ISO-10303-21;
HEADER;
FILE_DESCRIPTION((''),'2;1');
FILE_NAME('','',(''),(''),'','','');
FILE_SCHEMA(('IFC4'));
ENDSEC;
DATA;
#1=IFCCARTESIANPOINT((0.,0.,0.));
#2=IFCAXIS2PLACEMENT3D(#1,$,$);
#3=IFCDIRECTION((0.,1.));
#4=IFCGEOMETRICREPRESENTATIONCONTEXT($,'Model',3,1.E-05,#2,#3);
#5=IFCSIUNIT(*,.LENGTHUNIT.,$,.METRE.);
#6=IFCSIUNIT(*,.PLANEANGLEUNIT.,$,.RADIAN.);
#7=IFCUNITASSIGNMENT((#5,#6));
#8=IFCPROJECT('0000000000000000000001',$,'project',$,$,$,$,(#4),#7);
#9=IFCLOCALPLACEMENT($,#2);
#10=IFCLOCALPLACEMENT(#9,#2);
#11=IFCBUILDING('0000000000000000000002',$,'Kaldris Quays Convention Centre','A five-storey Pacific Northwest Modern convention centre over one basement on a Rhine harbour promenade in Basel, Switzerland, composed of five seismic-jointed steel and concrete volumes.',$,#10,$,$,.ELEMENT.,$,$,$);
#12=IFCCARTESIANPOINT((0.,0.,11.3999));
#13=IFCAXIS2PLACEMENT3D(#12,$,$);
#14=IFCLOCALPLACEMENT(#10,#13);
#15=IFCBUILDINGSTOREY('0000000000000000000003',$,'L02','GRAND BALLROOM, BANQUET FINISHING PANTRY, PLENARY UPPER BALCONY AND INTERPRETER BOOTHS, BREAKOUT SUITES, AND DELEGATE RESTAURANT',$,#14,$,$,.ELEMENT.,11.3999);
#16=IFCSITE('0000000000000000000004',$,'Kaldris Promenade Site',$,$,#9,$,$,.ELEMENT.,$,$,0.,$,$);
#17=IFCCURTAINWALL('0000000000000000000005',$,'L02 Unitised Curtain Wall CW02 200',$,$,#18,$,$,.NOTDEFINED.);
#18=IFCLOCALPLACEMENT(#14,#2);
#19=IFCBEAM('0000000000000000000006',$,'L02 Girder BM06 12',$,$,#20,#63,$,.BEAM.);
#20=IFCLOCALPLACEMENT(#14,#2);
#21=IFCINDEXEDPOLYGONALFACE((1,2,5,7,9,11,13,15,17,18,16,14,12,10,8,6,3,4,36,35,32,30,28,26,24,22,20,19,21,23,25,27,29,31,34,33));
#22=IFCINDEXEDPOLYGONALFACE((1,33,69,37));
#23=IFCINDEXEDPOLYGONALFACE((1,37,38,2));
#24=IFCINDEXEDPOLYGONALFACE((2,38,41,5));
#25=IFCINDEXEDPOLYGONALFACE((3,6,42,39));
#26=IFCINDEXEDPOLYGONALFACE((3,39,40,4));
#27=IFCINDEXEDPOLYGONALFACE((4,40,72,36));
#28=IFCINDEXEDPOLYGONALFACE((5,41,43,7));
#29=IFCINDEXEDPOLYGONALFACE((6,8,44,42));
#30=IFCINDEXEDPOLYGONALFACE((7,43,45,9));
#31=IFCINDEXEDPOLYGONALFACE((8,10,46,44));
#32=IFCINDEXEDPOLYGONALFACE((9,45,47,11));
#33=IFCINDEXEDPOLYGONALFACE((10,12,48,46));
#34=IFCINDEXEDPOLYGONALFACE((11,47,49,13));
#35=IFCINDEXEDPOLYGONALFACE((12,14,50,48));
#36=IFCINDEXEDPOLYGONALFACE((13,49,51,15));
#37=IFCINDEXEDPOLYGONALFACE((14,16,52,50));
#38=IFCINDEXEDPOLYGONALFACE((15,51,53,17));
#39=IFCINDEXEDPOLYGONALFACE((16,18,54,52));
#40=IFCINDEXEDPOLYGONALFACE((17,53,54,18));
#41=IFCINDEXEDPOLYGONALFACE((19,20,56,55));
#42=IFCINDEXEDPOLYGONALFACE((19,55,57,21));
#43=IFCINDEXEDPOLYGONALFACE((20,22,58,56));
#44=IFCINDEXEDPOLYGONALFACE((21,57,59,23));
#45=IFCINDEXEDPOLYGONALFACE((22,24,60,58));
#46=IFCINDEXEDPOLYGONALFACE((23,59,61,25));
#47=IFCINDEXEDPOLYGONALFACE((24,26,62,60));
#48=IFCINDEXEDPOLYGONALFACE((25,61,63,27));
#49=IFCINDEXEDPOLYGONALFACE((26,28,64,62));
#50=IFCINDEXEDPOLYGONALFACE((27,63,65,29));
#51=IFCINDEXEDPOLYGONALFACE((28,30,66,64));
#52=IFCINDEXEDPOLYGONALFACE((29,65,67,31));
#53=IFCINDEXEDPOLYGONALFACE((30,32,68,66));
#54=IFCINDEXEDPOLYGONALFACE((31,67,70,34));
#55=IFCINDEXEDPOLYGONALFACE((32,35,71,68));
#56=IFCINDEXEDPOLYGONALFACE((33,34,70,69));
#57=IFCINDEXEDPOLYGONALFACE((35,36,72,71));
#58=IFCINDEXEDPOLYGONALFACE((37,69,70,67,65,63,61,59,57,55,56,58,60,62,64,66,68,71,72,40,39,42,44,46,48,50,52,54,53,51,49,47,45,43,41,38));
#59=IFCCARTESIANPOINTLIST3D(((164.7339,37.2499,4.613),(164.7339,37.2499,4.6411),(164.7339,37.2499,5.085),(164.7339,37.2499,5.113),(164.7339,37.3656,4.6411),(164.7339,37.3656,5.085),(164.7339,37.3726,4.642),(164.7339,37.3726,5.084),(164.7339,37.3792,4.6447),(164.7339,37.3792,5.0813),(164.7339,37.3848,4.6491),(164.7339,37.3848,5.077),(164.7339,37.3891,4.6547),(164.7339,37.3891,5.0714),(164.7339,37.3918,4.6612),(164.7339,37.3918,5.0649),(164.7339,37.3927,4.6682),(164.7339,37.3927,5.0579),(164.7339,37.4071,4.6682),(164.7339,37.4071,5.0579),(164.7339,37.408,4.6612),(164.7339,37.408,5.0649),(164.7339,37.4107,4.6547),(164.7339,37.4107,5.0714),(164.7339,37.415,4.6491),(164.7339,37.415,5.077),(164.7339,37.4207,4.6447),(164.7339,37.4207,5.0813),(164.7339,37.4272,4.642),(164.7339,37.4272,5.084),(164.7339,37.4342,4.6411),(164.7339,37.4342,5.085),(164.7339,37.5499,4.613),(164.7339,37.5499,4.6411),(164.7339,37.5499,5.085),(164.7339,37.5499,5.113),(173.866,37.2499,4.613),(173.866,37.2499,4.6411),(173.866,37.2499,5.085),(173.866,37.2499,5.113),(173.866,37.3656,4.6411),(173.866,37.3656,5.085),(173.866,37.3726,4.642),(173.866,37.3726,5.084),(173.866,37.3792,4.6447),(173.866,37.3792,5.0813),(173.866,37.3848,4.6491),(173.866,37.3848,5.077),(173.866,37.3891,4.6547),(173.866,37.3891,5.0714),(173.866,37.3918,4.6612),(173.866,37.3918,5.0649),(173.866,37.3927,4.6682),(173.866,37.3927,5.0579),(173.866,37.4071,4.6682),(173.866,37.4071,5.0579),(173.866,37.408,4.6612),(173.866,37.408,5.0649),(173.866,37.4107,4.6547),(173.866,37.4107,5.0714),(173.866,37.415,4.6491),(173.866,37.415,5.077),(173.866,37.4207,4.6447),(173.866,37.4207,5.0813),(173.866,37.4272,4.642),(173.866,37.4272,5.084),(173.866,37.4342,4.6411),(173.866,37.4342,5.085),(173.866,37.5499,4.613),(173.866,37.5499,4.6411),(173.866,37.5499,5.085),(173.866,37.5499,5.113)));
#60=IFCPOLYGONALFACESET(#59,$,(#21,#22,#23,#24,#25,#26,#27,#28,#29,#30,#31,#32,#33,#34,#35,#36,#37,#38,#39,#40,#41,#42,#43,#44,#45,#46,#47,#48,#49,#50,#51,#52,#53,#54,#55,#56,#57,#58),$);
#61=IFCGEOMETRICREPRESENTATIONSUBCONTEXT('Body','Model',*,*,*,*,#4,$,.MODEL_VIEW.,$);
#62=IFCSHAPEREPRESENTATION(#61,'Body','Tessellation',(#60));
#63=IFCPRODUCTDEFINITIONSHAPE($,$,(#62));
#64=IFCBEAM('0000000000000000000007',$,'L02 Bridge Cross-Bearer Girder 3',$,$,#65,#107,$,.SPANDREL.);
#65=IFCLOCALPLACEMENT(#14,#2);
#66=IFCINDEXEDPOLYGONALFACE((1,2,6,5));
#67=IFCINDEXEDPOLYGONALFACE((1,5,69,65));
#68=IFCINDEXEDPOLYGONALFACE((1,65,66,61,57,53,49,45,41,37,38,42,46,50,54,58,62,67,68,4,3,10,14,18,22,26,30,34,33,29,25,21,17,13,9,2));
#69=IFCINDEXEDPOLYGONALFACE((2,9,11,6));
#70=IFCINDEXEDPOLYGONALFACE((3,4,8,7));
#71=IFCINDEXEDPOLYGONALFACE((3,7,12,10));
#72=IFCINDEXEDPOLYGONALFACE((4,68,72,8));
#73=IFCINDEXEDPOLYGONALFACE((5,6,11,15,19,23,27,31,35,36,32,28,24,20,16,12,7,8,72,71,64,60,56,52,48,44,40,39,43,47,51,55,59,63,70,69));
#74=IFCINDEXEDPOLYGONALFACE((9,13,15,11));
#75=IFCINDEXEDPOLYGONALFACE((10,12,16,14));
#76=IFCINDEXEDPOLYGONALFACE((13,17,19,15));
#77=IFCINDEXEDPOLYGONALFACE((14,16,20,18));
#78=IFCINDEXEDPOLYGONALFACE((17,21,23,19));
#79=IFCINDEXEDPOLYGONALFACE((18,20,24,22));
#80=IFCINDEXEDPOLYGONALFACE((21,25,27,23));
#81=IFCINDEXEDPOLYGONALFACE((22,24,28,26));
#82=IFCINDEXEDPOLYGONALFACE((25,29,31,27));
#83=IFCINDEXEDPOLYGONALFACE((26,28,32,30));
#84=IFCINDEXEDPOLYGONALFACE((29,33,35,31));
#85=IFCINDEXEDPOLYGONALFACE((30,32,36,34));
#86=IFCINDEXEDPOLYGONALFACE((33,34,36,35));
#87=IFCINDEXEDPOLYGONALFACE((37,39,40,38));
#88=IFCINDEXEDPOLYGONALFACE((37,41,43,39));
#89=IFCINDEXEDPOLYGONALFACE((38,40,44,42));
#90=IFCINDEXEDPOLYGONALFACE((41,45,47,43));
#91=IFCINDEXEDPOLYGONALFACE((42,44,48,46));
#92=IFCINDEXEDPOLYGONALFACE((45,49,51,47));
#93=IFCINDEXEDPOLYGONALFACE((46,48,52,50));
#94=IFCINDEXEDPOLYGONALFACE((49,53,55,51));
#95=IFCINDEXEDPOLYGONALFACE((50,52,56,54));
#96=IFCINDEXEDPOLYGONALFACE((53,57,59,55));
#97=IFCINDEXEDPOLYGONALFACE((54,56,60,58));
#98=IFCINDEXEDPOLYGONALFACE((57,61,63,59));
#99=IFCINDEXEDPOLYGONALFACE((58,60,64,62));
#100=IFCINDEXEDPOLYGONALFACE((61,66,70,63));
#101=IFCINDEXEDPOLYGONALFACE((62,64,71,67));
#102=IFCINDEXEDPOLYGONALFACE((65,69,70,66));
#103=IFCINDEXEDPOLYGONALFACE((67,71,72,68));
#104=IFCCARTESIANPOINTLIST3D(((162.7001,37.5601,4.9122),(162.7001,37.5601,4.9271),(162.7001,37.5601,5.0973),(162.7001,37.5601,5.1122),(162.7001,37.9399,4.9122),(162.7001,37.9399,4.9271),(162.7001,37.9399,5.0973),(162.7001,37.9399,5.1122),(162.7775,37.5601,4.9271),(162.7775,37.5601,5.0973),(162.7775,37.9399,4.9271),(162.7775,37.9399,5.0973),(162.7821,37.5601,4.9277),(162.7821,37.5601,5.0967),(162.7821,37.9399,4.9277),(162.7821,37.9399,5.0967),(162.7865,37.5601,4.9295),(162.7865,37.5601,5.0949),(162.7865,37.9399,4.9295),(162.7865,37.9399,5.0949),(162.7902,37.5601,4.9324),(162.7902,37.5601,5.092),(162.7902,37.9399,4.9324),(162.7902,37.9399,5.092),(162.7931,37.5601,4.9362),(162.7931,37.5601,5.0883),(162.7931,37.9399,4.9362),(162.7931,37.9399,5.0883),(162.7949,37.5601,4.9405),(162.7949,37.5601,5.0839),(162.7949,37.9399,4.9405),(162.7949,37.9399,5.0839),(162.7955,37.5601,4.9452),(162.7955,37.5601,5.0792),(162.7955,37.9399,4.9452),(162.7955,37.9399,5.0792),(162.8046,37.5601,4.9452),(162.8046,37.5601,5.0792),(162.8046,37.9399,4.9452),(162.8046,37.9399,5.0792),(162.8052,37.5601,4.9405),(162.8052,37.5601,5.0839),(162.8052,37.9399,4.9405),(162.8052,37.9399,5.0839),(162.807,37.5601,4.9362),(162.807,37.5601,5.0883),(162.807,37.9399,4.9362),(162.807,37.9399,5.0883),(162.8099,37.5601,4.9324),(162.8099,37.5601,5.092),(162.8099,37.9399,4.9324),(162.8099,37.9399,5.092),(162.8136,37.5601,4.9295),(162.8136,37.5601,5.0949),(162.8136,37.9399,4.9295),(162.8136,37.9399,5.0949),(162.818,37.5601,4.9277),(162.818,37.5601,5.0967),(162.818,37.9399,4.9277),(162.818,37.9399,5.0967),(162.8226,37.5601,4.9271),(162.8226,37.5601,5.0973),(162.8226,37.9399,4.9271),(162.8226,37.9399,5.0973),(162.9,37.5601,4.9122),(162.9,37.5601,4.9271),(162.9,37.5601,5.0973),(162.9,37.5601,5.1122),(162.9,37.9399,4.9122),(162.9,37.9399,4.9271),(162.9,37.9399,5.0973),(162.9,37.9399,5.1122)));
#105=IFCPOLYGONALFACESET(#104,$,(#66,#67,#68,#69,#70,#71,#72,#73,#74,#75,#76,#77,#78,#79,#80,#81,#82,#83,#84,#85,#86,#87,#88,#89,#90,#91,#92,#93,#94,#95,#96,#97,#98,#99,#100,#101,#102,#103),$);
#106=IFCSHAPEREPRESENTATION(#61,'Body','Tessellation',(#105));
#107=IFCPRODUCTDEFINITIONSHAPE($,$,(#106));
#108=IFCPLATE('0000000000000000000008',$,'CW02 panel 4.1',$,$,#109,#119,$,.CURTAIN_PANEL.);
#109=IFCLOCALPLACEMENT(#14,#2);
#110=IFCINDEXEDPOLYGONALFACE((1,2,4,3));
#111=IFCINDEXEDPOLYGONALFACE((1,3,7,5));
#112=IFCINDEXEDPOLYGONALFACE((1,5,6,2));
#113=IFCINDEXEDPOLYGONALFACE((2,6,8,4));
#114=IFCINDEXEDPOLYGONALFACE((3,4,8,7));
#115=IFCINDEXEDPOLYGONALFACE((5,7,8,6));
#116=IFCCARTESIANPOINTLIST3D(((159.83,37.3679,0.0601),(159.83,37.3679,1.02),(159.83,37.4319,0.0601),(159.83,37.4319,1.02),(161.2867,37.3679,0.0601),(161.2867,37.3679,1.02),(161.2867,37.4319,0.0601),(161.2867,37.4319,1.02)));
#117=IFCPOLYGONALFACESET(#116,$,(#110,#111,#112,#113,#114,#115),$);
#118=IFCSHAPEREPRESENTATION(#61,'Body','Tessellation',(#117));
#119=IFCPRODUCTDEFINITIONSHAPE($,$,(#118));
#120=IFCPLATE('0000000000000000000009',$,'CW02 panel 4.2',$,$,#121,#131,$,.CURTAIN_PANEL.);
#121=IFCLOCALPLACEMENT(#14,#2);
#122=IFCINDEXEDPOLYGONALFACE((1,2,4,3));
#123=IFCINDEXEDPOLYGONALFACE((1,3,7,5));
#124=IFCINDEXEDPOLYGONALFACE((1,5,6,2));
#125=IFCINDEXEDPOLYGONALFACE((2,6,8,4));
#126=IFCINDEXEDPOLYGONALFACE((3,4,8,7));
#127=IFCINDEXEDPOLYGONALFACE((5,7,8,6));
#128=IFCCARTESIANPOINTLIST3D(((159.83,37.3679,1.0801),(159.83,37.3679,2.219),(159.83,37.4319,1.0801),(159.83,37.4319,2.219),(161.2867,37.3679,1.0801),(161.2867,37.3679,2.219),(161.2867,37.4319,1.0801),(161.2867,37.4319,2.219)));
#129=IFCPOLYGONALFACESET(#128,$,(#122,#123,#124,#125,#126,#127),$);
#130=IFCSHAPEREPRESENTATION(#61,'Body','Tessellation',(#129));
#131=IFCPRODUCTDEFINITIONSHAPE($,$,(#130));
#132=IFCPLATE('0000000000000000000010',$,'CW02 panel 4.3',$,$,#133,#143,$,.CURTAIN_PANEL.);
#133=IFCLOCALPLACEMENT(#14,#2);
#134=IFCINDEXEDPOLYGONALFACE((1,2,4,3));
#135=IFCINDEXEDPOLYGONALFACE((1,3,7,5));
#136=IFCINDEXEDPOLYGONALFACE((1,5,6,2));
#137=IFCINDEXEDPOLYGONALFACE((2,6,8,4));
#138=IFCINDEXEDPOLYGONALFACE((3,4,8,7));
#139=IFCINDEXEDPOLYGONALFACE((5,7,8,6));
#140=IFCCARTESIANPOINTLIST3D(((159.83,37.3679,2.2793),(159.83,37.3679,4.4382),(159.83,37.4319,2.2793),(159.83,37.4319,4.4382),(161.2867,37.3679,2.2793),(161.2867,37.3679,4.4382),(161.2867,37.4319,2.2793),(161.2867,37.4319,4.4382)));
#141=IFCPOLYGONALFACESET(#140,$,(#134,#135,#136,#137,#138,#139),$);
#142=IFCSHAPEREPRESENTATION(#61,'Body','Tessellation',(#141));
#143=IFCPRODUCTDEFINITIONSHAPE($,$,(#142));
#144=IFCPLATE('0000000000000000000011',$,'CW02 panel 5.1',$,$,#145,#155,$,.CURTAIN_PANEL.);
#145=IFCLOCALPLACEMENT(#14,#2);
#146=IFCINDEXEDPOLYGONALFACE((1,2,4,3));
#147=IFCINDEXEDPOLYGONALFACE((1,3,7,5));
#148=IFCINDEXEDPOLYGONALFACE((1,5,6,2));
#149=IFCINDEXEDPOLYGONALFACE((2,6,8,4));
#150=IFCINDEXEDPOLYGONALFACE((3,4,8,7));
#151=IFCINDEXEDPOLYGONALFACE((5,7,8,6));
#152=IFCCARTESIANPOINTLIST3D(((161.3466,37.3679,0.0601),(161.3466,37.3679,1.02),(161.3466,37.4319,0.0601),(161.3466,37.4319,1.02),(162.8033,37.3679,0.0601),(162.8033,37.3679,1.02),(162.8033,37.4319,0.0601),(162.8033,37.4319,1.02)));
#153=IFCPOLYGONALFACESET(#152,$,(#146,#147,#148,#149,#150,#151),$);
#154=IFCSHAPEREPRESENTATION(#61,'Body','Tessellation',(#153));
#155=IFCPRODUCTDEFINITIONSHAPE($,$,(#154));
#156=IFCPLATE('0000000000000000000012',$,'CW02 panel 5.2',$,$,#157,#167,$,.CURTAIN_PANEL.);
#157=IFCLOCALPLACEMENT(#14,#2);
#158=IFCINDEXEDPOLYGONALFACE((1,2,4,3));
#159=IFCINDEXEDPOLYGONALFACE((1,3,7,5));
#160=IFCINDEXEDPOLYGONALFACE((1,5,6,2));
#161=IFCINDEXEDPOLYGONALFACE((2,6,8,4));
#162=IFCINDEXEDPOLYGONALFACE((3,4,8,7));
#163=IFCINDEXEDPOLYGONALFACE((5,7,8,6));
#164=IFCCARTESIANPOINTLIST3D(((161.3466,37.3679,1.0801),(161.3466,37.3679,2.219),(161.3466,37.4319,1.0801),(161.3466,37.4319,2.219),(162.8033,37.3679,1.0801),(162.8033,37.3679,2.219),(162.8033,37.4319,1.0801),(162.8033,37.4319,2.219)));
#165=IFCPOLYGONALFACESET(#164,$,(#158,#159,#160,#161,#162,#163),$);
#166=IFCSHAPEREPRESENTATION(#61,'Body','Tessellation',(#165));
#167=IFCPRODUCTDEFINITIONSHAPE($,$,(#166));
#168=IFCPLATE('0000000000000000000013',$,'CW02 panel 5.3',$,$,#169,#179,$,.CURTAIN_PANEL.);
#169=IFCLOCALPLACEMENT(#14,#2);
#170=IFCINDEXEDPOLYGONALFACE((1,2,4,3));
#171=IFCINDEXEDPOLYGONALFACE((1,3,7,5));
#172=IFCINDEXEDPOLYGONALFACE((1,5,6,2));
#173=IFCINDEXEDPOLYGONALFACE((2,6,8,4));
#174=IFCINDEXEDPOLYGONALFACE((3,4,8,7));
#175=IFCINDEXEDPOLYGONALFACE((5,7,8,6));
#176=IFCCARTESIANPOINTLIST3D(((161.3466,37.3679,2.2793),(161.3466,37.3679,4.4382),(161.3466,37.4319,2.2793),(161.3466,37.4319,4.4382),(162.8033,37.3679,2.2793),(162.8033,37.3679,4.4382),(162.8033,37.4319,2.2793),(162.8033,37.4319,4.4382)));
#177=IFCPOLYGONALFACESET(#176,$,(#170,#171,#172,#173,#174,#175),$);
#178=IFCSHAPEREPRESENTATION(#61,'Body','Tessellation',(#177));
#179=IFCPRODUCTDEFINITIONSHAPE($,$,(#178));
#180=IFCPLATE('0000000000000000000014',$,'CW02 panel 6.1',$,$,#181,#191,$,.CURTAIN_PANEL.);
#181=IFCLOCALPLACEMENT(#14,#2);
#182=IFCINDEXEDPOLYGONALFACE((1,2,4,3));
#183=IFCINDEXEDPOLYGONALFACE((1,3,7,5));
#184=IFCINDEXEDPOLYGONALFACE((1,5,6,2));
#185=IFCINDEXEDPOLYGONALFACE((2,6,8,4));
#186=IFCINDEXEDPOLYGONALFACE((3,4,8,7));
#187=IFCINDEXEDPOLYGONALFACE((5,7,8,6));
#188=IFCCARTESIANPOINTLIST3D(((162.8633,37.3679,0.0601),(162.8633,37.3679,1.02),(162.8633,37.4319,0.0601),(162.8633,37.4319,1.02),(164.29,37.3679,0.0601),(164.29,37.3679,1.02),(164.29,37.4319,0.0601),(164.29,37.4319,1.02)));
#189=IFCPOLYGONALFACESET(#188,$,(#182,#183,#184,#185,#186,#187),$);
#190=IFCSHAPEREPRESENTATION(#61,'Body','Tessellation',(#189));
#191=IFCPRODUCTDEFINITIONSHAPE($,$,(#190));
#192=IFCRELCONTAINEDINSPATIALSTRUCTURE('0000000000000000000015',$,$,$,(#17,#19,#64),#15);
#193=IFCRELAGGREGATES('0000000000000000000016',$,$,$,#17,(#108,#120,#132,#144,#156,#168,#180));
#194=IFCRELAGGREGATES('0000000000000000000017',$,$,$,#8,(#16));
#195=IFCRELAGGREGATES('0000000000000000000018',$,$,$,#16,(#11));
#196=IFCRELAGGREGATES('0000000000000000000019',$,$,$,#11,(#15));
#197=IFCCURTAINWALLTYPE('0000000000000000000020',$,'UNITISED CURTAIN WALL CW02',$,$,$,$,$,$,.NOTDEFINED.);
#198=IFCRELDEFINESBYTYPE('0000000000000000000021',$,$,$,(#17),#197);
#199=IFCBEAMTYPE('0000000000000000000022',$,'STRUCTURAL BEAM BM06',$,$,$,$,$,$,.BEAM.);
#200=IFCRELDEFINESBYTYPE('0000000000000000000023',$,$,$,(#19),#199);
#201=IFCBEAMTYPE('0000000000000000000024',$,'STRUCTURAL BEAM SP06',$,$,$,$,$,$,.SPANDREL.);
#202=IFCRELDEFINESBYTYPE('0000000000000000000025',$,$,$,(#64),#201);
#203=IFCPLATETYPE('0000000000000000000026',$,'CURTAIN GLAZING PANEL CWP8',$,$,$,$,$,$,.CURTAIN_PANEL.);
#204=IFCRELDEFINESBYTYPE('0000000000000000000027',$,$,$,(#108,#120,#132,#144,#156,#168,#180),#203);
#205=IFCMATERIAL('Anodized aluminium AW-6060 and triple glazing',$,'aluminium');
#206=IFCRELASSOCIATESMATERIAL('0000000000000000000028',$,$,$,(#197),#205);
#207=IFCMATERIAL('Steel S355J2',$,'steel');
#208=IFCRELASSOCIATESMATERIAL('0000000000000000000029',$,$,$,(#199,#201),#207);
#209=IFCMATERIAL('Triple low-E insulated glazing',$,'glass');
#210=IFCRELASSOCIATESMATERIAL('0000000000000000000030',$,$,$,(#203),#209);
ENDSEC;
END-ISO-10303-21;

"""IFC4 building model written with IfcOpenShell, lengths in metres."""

from ifc_helpers import new_model, si_unit, direction, frame, origin, origin_2d, place, context, subcontext, project, spatial, rectangle, i_section, extrude, material, material_profile, profile_set, type_object, element, aggregate, save


model = new_model("IFC4")

# Units and contexts
model_context = context("Model", 3, precision=1e-05, world=origin(), true_north=direction((0.0, 1.0)))
body_context = subcontext(model_context, "Body", "Model", "MODEL_VIEW")
ifc_project = project(units=[si_unit("LENGTHUNIT", "METRE"), si_unit("PLANEANGLEUNIT", "RADIAN")], contexts=[model_context])

# Site, building, storey
site_placement = place(None, origin())
site = spatial("IfcSite", under=ifc_project, at=site_placement, Name="Kaldris Promenade Site", CompositionType="ELEMENT", RefElevation=0.0)
building_placement = place(site_placement, origin())
building = spatial("IfcBuilding", under=site, at=building_placement, Name="Kaldris Quays Convention Centre", Description="A five-storey Pacific Northwest Modern convention centre over one basement on a Rhine harbour promenade in Basel, Switzerland, composed of five seismic-jointed steel and concrete volumes.", CompositionType="ELEMENT")
storey_placement = place(building_placement, frame((0.0, 0.0, 11.3999)))
storey = spatial("IfcBuildingStorey", under=building, at=storey_placement, Name="L02", Description="GRAND BALLROOM, BANQUET FINISHING PANTRY, PLENARY UPPER BALCONY AND INTERPRETER BOOTHS, BREAKOUT SUITES, AND DELEGATE RESTAURANT", CompositionType="ELEMENT", Elevation=11.3999)

# Shared definitions
ifc_material_1 = material(Name="Steel S355J2", Category="steel")

# Curtain wall
ifc_material_2 = material(Name="Anodized aluminium AW-6060 and triple glazing", Category="aluminium")
curtain_wall_type = type_object("IfcCurtainWallType", Name="UNITISED CURTAIN WALL CW02", PredefinedType="NOTDEFINED", material=ifc_material_2)
curtain_wall_1_placement = place(storey_placement, origin())
curtain_wall_1 = element("IfcCurtainWall", 1, at=curtain_wall_1_placement, inside=storey, type_object=curtain_wall_type, Name="L02 Unitised Curtain Wall CW02 200", PredefinedType="NOTDEFINED")

# Beams
ifc_material_profile_1 = material_profile(ifc_material_1, i_section(OverallWidth=0.3, OverallDepth=0.5, WebThickness=0.0144, FlangeThickness=0.0281, FilletRadius=0.0271, at=origin_2d()), Name="HEB 500")
ifc_profile_set_1 = profile_set([ifc_material_profile_1], Name="Steel S355J2")
beam_type_1 = type_object("IfcBeamType", Name="STRUCTURAL BEAM BM06", PredefinedType="BEAM", material=ifc_profile_set_1)
beam_1_placement = place(storey_placement, frame((164.7339, 37.3999, 4.863), z_axis=(1.0, 0.0, 0.0), x_axis=(0.0, 1.0, 0.0)))
element("IfcBeam", 2, at=beam_1_placement, inside=storey, type_object=beam_type_1, Name="L02 Girder BM06 12", PredefinedType="BEAM", context=body_context, shape_type="SweptSolid", body=[
    extrude(i_section(OverallWidth=0.3, OverallDepth=0.5, WebThickness=0.0144, FlangeThickness=0.0281, FilletRadius=0.0271, at=origin_2d()), origin(), (0.0, 0.0, 1.0), 9.1321),
])
ifc_material_profile_2 = material_profile(ifc_material_1, i_section(OverallWidth=0.2, OverallDepth=0.2, WebThickness=0.009, FlangeThickness=0.0149, FilletRadius=0.0181, at=origin_2d()), Name="HEB 200")
ifc_profile_set_2 = profile_set([ifc_material_profile_2], Name="Steel S355J2")
beam_type_2 = type_object("IfcBeamType", Name="STRUCTURAL BEAM SP06", PredefinedType="SPANDREL", material=ifc_profile_set_2)
beam_2_placement = place(storey_placement, frame((162.8, 37.5601, 5.0122), z_axis=(0.0, 1.0, 0.0), x_axis=(-1.0, 0.0, 0.0)))
element("IfcBeam", 3, at=beam_2_placement, inside=storey, type_object=beam_type_2, Name="L02 Bridge Cross-Bearer Girder 3", PredefinedType="SPANDREL", context=body_context, shape_type="SweptSolid", body=[
    extrude(i_section(OverallWidth=0.2, OverallDepth=0.2, WebThickness=0.009, FlangeThickness=0.0149, FilletRadius=0.0181, at=origin_2d()), origin(), (0.0, 0.0, 1.0), 0.3799),
])

# Plates
ifc_material_3 = material(Name="Triple low-E insulated glazing", Category="glass")
plate_type = type_object("IfcPlateType", Name="CURTAIN GLAZING PANEL CWP8", PredefinedType="CURTAIN_PANEL", material=ifc_material_3)
plate_1_placement = place(storey_placement, frame((160.5583, 37.3999, 0.0601), z_axis=(0.0, 0.0, 1.0), x_axis=(1.0, 0.0, 0.0)))
plate_1 = element("IfcPlate", 4, at=plate_1_placement, type_object=plate_type, Name="CW02 panel 4.1", PredefinedType="CURTAIN_PANEL", context=body_context, shape_type="SweptSolid", body=[
    extrude(rectangle(XDim=1.4568, YDim=0.064, at=origin_2d()), origin(), (0.0, 0.0, 1.0), 0.96),
])
plate_2_placement = place(storey_placement, frame((160.5583, 37.3999, 1.0801), z_axis=(0.0, 0.0, 1.0), x_axis=(1.0, 0.0, 0.0)))
plate_2 = element("IfcPlate", 5, at=plate_2_placement, type_object=plate_type, Name="CW02 panel 4.2", PredefinedType="CURTAIN_PANEL", context=body_context, shape_type="SweptSolid", body=[
    extrude(rectangle(XDim=1.4568, YDim=0.064, at=origin_2d()), origin(), (0.0, 0.0, 1.0), 1.1389),
])
plate_3_placement = place(storey_placement, frame((160.5583, 37.3999, 2.2793), z_axis=(0.0, 0.0, 1.0), x_axis=(1.0, 0.0, 0.0)))
plate_3 = element("IfcPlate", 6, at=plate_3_placement, type_object=plate_type, Name="CW02 panel 4.3", PredefinedType="CURTAIN_PANEL", context=body_context, shape_type="SweptSolid", body=[
    extrude(rectangle(XDim=1.4568, YDim=0.064, at=origin_2d()), origin(), (0.0, 0.0, 1.0), 2.1589),
])
plate_4_placement = place(storey_placement, frame((162.075, 37.3999, 0.0601), z_axis=(0.0, 0.0, 1.0), x_axis=(1.0, 0.0, 0.0)))
plate_4 = element("IfcPlate", 7, at=plate_4_placement, type_object=plate_type, Name="CW02 panel 5.1", PredefinedType="CURTAIN_PANEL", context=body_context, shape_type="SweptSolid", body=[
    extrude(rectangle(XDim=1.4568, YDim=0.064, at=origin_2d()), origin(), (0.0, 0.0, 1.0), 0.96),
])
plate_5_placement = place(storey_placement, frame((162.075, 37.3999, 1.0801), z_axis=(0.0, 0.0, 1.0), x_axis=(1.0, 0.0, 0.0)))
plate_5 = element("IfcPlate", 8, at=plate_5_placement, type_object=plate_type, Name="CW02 panel 5.2", PredefinedType="CURTAIN_PANEL", context=body_context, shape_type="SweptSolid", body=[
    extrude(rectangle(XDim=1.4568, YDim=0.064, at=origin_2d()), origin(), (0.0, 0.0, 1.0), 1.1389),
])
plate_6_placement = place(storey_placement, frame((162.075, 37.3999, 2.2793), z_axis=(0.0, 0.0, 1.0), x_axis=(1.0, 0.0, 0.0)))
plate_6 = element("IfcPlate", 9, at=plate_6_placement, type_object=plate_type, Name="CW02 panel 5.3", PredefinedType="CURTAIN_PANEL", context=body_context, shape_type="SweptSolid", body=[
    extrude(rectangle(XDim=1.4568, YDim=0.064, at=origin_2d()), origin(), (0.0, 0.0, 1.0), 2.1589),
])
plate_7_placement = place(storey_placement, frame((163.5767, 37.3999, 0.0601), z_axis=(0.0, 0.0, 1.0), x_axis=(1.0, 0.0, 0.0)))
plate_7 = element("IfcPlate", 10, at=plate_7_placement, type_object=plate_type, Name="CW02 panel 6.1", PredefinedType="CURTAIN_PANEL", context=body_context, shape_type="SweptSolid", body=[
    extrude(rectangle(XDim=1.4268, YDim=0.064, at=origin_2d()), origin(), (0.0, 0.0, 1.0), 0.96),
])
aggregate(curtain_wall_1, [plate_1, plate_2, plate_3, plate_4, plate_5, plate_6, plate_7])

save(model, "model.ifc")
